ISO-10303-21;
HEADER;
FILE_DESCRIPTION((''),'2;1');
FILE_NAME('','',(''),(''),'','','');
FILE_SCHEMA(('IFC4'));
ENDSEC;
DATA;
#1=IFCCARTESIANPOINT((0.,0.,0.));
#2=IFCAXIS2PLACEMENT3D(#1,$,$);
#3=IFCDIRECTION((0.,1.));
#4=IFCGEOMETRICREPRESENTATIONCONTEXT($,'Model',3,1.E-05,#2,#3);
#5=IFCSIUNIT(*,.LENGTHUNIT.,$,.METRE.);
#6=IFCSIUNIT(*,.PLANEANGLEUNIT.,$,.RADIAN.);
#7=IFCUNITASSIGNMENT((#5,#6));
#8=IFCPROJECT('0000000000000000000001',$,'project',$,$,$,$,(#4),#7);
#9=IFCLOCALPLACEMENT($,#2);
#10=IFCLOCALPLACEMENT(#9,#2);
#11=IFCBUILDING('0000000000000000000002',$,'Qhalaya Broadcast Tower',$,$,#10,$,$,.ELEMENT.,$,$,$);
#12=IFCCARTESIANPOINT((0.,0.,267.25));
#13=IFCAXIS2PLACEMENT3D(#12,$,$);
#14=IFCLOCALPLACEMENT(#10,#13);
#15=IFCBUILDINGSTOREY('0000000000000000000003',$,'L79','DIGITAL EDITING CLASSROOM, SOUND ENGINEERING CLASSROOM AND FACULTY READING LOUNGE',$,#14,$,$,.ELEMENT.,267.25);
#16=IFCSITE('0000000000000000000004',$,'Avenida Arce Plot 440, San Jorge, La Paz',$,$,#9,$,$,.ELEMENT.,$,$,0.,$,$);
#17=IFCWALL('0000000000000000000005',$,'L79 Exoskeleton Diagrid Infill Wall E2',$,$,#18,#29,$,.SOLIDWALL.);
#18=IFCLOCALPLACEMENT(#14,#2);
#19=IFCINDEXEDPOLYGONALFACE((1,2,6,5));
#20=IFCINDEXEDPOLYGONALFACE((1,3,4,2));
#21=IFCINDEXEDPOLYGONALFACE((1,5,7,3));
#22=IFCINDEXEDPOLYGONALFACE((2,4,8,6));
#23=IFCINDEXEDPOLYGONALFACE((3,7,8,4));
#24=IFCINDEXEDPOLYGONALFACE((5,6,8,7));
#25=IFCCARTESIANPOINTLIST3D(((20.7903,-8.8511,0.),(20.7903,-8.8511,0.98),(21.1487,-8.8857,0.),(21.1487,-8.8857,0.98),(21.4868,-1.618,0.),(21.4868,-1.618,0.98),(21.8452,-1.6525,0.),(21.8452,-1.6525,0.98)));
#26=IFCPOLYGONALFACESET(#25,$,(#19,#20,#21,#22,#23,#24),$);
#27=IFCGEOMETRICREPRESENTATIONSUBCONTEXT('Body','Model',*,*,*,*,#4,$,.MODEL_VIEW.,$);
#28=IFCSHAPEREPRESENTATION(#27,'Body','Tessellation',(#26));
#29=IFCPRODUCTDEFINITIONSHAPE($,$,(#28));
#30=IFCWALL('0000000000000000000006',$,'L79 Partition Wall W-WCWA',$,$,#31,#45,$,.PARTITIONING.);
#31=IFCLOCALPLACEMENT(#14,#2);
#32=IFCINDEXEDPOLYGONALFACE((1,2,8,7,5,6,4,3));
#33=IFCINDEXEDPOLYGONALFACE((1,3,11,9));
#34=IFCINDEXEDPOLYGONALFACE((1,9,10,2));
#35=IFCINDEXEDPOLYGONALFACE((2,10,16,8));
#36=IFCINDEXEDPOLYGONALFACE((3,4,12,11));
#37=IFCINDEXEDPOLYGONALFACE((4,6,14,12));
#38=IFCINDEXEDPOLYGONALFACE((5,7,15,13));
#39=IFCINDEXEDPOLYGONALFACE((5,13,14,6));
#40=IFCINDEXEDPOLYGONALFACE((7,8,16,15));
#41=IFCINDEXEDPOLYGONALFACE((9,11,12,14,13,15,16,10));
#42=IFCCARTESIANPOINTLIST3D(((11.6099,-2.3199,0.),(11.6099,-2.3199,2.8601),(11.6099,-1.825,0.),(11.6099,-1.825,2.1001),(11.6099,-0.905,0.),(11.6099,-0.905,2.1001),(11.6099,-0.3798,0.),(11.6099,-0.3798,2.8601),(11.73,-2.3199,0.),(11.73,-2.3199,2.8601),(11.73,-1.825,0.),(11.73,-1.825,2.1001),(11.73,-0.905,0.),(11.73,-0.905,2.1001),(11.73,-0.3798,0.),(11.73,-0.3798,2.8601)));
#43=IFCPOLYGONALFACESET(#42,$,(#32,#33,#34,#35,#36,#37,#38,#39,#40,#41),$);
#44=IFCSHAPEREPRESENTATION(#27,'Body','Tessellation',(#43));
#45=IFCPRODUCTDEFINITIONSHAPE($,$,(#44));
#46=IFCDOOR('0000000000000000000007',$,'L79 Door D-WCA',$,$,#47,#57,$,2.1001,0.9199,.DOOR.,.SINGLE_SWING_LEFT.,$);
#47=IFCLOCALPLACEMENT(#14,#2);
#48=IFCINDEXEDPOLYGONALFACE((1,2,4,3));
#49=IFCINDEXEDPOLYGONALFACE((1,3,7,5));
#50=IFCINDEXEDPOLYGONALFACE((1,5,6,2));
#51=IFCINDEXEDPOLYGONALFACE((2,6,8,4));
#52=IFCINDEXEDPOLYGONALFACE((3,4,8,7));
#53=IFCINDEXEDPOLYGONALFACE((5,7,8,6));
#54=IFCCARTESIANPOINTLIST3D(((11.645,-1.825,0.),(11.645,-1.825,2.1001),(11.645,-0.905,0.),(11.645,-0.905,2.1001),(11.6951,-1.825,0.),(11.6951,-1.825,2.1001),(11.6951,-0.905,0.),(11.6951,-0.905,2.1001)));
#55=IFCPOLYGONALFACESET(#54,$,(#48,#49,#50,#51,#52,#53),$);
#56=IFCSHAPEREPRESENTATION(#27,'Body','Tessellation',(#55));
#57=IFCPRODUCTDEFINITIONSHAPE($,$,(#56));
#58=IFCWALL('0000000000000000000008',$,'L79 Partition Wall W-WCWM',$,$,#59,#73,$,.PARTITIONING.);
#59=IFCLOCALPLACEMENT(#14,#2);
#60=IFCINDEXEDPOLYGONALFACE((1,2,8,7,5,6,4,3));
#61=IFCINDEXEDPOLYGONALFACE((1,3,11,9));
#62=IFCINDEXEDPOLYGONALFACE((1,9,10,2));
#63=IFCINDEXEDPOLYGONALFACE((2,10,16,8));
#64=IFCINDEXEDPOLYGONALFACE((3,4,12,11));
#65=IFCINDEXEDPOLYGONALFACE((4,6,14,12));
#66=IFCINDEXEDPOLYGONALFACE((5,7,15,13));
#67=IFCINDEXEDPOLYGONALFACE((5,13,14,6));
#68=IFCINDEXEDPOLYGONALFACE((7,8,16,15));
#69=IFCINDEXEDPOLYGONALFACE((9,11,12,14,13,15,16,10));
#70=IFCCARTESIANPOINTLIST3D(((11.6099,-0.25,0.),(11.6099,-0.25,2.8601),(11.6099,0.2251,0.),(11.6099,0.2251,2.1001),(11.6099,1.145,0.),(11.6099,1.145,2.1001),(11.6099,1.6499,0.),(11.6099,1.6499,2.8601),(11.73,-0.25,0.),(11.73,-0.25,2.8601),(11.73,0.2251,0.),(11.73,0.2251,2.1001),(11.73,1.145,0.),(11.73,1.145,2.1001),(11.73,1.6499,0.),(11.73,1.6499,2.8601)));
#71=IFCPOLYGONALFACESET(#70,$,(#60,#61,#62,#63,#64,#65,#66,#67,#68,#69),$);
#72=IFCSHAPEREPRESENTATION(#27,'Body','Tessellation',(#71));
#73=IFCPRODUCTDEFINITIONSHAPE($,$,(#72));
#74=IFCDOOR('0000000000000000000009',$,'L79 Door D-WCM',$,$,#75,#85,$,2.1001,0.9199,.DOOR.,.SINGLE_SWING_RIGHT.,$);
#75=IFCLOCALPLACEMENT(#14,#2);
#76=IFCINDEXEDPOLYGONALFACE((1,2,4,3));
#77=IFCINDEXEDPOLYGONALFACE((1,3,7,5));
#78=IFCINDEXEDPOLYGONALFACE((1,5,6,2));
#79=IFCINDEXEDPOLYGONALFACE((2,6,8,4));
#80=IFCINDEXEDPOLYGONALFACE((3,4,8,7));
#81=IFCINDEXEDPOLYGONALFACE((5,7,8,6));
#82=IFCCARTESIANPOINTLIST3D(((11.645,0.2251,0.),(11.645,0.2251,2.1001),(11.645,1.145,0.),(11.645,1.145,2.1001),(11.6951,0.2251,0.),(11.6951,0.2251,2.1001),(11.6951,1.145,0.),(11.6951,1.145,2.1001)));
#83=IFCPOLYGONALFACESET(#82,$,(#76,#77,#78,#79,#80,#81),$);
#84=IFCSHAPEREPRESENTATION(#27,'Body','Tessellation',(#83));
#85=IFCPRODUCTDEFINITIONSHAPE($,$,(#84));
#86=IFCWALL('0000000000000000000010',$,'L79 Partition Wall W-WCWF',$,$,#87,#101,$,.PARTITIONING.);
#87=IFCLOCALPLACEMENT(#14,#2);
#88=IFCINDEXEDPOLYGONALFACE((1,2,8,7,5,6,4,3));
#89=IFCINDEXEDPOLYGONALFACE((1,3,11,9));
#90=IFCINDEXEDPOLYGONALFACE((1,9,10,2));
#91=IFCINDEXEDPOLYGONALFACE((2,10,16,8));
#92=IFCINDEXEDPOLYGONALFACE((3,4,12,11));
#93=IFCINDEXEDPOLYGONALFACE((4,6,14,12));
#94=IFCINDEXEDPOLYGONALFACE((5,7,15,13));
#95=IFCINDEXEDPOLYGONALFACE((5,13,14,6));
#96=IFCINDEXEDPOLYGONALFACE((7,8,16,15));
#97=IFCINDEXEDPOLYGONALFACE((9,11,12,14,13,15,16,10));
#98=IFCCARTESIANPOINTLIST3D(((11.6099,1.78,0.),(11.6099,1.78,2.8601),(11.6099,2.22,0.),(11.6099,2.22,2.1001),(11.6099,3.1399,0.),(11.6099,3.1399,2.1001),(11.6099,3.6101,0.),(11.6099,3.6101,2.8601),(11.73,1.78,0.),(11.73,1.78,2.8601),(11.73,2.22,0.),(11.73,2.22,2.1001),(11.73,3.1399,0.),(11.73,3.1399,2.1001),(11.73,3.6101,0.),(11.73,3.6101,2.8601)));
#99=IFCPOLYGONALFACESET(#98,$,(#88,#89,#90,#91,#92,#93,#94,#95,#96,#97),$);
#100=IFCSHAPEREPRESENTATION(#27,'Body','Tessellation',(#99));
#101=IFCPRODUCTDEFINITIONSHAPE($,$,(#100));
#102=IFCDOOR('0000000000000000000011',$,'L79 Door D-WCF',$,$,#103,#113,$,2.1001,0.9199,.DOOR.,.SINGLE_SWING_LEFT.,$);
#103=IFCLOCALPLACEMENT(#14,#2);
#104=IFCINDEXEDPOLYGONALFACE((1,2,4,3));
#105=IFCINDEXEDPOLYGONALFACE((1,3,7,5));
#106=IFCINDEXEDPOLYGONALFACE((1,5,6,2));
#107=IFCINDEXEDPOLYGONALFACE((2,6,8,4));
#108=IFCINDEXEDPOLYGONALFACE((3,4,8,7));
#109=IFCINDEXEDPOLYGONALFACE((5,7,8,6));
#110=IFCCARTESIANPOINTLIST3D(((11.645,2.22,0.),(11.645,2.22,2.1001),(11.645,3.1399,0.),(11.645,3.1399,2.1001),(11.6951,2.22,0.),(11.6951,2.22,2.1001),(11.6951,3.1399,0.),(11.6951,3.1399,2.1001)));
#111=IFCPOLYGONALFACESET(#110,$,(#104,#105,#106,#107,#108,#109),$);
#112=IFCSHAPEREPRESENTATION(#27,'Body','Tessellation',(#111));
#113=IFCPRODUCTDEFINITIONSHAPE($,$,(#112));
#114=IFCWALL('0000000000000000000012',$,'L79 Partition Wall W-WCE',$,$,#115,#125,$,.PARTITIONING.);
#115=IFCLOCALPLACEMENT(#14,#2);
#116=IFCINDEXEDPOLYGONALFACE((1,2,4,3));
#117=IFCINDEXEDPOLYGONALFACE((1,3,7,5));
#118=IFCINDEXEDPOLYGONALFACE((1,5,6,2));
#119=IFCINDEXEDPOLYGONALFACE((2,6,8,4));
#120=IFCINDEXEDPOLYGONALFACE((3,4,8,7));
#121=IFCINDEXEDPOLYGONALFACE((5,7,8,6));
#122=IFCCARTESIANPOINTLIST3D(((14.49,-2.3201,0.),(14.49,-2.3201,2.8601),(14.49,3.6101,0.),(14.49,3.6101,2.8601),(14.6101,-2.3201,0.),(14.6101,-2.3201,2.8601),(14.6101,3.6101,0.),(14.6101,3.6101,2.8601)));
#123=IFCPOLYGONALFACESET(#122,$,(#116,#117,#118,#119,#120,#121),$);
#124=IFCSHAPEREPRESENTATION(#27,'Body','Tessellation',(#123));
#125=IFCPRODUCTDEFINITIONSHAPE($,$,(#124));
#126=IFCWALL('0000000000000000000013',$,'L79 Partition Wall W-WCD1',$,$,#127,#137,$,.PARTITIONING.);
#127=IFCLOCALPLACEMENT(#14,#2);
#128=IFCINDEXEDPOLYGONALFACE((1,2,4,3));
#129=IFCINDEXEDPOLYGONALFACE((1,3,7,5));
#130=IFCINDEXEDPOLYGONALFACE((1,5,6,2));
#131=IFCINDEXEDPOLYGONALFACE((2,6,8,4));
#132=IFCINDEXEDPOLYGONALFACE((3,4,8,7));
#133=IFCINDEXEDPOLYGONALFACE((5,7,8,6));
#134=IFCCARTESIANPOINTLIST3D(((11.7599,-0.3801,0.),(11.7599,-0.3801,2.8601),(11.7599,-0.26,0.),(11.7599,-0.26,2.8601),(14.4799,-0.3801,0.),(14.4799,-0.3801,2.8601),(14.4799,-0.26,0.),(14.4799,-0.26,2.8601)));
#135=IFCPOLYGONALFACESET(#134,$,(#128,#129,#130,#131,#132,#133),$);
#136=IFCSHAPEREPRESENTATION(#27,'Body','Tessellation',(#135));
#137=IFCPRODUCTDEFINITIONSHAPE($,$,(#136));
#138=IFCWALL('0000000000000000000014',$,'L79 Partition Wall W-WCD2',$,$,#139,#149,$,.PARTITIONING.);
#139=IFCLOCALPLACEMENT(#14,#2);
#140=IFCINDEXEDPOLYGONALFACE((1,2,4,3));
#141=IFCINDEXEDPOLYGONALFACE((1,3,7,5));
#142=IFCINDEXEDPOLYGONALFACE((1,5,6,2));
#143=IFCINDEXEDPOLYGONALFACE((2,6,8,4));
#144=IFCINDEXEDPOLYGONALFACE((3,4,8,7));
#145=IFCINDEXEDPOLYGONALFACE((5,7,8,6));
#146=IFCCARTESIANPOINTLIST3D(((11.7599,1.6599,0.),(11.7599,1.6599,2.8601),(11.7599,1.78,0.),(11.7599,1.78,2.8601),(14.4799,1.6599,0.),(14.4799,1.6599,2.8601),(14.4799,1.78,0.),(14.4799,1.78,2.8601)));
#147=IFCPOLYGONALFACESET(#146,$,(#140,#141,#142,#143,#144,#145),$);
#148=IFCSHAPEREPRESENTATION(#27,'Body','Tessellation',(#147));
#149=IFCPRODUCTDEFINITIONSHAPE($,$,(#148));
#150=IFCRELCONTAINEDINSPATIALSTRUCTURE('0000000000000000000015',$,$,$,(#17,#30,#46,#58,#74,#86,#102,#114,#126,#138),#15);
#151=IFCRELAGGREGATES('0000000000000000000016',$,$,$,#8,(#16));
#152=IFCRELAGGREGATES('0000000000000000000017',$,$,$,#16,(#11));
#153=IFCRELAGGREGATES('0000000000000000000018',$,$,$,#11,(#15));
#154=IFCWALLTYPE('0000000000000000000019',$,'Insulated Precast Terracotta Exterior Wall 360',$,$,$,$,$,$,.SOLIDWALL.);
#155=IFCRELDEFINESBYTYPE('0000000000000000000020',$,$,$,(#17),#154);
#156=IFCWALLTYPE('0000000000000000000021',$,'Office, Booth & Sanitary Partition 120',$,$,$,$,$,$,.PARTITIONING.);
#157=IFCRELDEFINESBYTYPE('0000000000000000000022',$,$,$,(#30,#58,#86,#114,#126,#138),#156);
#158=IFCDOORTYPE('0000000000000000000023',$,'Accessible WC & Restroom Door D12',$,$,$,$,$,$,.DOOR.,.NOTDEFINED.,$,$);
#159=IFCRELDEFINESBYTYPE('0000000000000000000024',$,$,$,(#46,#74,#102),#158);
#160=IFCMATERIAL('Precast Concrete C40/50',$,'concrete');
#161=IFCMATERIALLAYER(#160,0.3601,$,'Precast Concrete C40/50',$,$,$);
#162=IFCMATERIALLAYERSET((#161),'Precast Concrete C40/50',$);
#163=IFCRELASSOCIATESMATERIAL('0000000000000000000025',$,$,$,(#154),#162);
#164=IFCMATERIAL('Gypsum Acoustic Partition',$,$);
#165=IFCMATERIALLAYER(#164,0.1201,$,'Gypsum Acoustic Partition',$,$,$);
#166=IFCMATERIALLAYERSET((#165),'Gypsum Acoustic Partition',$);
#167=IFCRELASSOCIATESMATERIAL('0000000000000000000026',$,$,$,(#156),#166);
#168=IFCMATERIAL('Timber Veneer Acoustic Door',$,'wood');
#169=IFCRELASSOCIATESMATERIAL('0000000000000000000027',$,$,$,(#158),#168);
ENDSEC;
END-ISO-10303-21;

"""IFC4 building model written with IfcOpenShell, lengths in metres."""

from ifc_helpers import new_model, si_unit, direction, frame, frame_2d, origin, place, context, subcontext, project, spatial, rectangle, extrude, material, layer, layer_set, type_object, element, fill, save


model = new_model("IFC4")

# Units and contexts
model_context = context("Model", 3, precision=1e-05, world=origin(), true_north=direction((0.0, 1.0)))
body_context = subcontext(model_context, "Body", "Model", "MODEL_VIEW")
ifc_project = project(units=[si_unit("LENGTHUNIT", "METRE"), si_unit("PLANEANGLEUNIT", "RADIAN")], contexts=[model_context])

# Site, building, storey
site_placement = place(None, origin())
site = spatial("IfcSite", under=ifc_project, at=site_placement, Name="Avenida Arce Plot 440, San Jorge, La Paz", CompositionType="ELEMENT", RefElevation=0.0)
building_placement = place(site_placement, origin())
building = spatial("IfcBuilding", under=site, at=building_placement, Name="Qhalaya Broadcast Tower", CompositionType="ELEMENT")
storey_placement = place(building_placement, frame((0.0, 0.0, 267.25)))
storey = spatial("IfcBuildingStorey", under=building, at=storey_placement, Name="L79", Description="DIGITAL EDITING CLASSROOM, SOUND ENGINEERING CLASSROOM AND FACULTY READING LOUNGE", CompositionType="ELEMENT", Elevation=267.25)

# Wall
ifc_material_1 = material(Name="Precast Concrete C40/50", Category="concrete")
ifc_layer_1 = layer(ifc_material_1, 0.3601, Name="Precast Concrete C40/50")
ifc_layer_set_1 = layer_set([ifc_layer_1], Name="Precast Concrete C40/50")
wall_type_1 = type_object("IfcWallType", Name="Insulated Precast Terracotta Exterior Wall 360", PredefinedType="SOLIDWALL", material=ifc_layer_set_1)
wall_1_placement = place(storey_placement, frame((21.666, -1.6353, 0.0), z_axis=(0.0, 0.0, 1.0), x_axis=(-0.095854, -0.995395, 0.0)))
element("IfcWall", 1, at=wall_1_placement, inside=storey, type_object=wall_type_1, Name="L79 Exoskeleton Diagrid Infill Wall E2", PredefinedType="SOLIDWALL", context=body_context, shape_type="SweptSolid", body=[
    extrude(rectangle(XDim=7.2666, YDim=0.3601, at=frame_2d((3.6333, 0.0))), origin(), (0.0, 0.0, 1.0), 0.98),
])

# Walls, openings, doors
ifc_material_2 = material(Name="Gypsum Acoustic Partition")
ifc_layer_2 = layer(ifc_material_2, 0.1201, Name="Gypsum Acoustic Partition")
ifc_layer_set_2 = layer_set([ifc_layer_2], Name="Gypsum Acoustic Partition")
wall_type_2 = type_object("IfcWallType", Name="Office, Booth & Sanitary Partition 120", PredefinedType="PARTITIONING", material=ifc_layer_set_2)
wall_2_placement = place(storey_placement, frame((11.6699, -2.3201, 0.0), z_axis=(0.0, 0.0, 1.0), x_axis=(0.0, 1.0, 0.0)))
wall_2 = element("IfcWall", 2, at=wall_2_placement, inside=storey, type_object=wall_type_2, Name="L79 Partition Wall W-WCWA", PredefinedType="PARTITIONING", context=body_context, shape_type="SweptSolid", body=[
    extrude(rectangle(XDim=1.9402, YDim=0.1201, at=frame_2d((0.9702, 0.0))), origin(), (0.0, 0.0, 1.0), 2.8601),
])
opening_1_placement = place(wall_2_placement, frame((0.4951, 0.0, 0.0)))
opening_1 = element("IfcOpeningElement", 3, at=opening_1_placement, cuts=wall_2, PredefinedType="OPENING", context=body_context, shape_type="SweptSolid", body=[
    extrude(rectangle(XDim=0.9199, YDim=2.1001, at=frame_2d((0.46, 1.05))), frame((0.0, 0.072, 0.0), z_axis=(0.0, -1.0, 0.0), x_axis=(1.0, 0.0, 0.0)), (0.0, 0.0, 1.0), 0.144),
])
ifc_material_3 = material(Name="Timber Veneer Acoustic Door", Category="wood")
door_type = type_object("IfcDoorType", Name="Accessible WC & Restroom Door D12", OperationType="NOTDEFINED", PredefinedType="DOOR", material=ifc_material_3)
door_1_placement = place(opening_1_placement, origin())
door_1 = element("IfcDoor", 4, at=door_1_placement, inside=storey, type_object=door_type, Name="L79 Door D-WCA", OperationType="SINGLE_SWING_LEFT", OverallHeight=2.1001, OverallWidth=0.9199, PredefinedType="DOOR", context=body_context, shape_type="SweptSolid", body=[
    extrude(rectangle(XDim=0.9199, YDim=2.1001, at=frame_2d((0.46, 1.05))), frame((0.0, 0.0249, 0.0), z_axis=(0.0, -1.0, 0.0), x_axis=(1.0, 0.0, 0.0)), (0.0, 0.0, 1.0), 0.05),
])
fill(opening_1, door_1)
wall_3_placement = place(storey_placement, frame((11.6699, -0.25, 0.0), z_axis=(0.0, 0.0, 1.0), x_axis=(0.0, 1.0, 0.0)))
wall_3 = element("IfcWall", 5, at=wall_3_placement, inside=storey, type_object=wall_type_2, Name="L79 Partition Wall W-WCWM", PredefinedType="PARTITIONING", context=body_context, shape_type="SweptSolid", body=[
    extrude(rectangle(XDim=1.8999, YDim=0.1201, at=frame_2d((0.95, 0.0))), origin(), (0.0, 0.0, 1.0), 2.8601),
])
opening_2_placement = place(wall_3_placement, frame((0.4751, 0.0, 0.0)))
opening_2 = element("IfcOpeningElement", 6, at=opening_2_placement, cuts=wall_3, PredefinedType="OPENING", context=body_context, shape_type="SweptSolid", body=[
    extrude(rectangle(XDim=0.9199, YDim=2.1001, at=frame_2d((0.46, 1.05))), frame((0.0, 0.072, 0.0), z_axis=(0.0, -1.0, 0.0), x_axis=(1.0, 0.0, 0.0)), (0.0, 0.0, 1.0), 0.144),
])
door_2_placement = place(opening_2_placement, origin())
door_2 = element("IfcDoor", 7, at=door_2_placement, inside=storey, type_object=door_type, Name="L79 Door D-WCM", OperationType="SINGLE_SWING_RIGHT", OverallHeight=2.1001, OverallWidth=0.9199, PredefinedType="DOOR", context=body_context, shape_type="SweptSolid", body=[
    extrude(rectangle(XDim=0.9199, YDim=2.1001, at=frame_2d((0.46, 1.05))), frame((0.0, 0.0249, 0.0), z_axis=(0.0, -1.0, 0.0), x_axis=(1.0, 0.0, 0.0)), (0.0, 0.0, 1.0), 0.05),
])
fill(opening_2, door_2)
wall_4_placement = place(storey_placement, frame((11.6699, 1.78, 0.0), z_axis=(0.0, 0.0, 1.0), x_axis=(0.0, 1.0, 0.0)))
wall_4 = element("IfcWall", 8, at=wall_4_placement, inside=storey, type_object=wall_type_2, Name="L79 Partition Wall W-WCWF", PredefinedType="PARTITIONING", context=body_context, shape_type="SweptSolid", body=[
    extrude(rectangle(XDim=1.8301, YDim=0.1201, at=frame_2d((0.915, 0.0))), origin(), (0.0, 0.0, 1.0), 2.8601),
])
opening_3_placement = place(wall_4_placement, frame((0.4399, 0.0, 0.0)))
opening_3 = element("IfcOpeningElement", 9, at=opening_3_placement, cuts=wall_4, PredefinedType="OPENING", context=body_context, shape_type="SweptSolid", body=[
    extrude(rectangle(XDim=0.9199, YDim=2.1001, at=frame_2d((0.46, 1.05))), frame((0.0, 0.072, 0.0), z_axis=(0.0, -1.0, 0.0), x_axis=(1.0, 0.0, 0.0)), (0.0, 0.0, 1.0), 0.144),
])
door_3_placement = place(opening_3_placement, origin())
door_3 = element("IfcDoor", 10, at=door_3_placement, inside=storey, type_object=door_type, Name="L79 Door D-WCF", OperationType="SINGLE_SWING_LEFT", OverallHeight=2.1001, OverallWidth=0.9199, PredefinedType="DOOR", context=body_context, shape_type="SweptSolid", body=[
    extrude(rectangle(XDim=0.9199, YDim=2.1001, at=frame_2d((0.46, 1.05))), frame((0.0, 0.0249, 0.0), z_axis=(0.0, -1.0, 0.0), x_axis=(1.0, 0.0, 0.0)), (0.0, 0.0, 1.0), 0.05),
])
fill(opening_3, door_3)

# Walls
wall_5_placement = place(storey_placement, frame((14.55, -2.3201, 0.0), z_axis=(0.0, 0.0, 1.0), x_axis=(0.0, 1.0, 0.0)))
element("IfcWall", 11, at=wall_5_placement, inside=storey, type_object=wall_type_2, Name="L79 Partition Wall W-WCE", PredefinedType="PARTITIONING", context=body_context, shape_type="SweptSolid", body=[
    extrude(rectangle(XDim=5.9302, YDim=0.1201, at=frame_2d((2.9651, 0.0))), origin(), (0.0, 0.0, 1.0), 2.8601),
])
for number, where, z_axis, x_axis, name in (
    (12, (11.76, -0.3201, 0.0), (0.0, 0.0, 1.0), (1.0, 0.0, 0.0), "L79 Partition Wall W-WCD1"),
    (13, (11.76, 1.72, 0.0), (0.0, 0.0, 1.0), (1.0, 0.0, 0.0), "L79 Partition Wall W-WCD2"),
):
    element("IfcWall", number, at=place(storey_placement, frame(where, z_axis=z_axis, x_axis=x_axis)), inside=storey, type_object=wall_type_2, Name=name, PredefinedType="PARTITIONING", context=body_context, shape_type="SweptSolid", body=[
        extrude(rectangle(XDim=2.72, YDim=0.1201, at=frame_2d((1.3599, 0.0))), origin(), (0.0, 0.0, 1.0), 2.8601),
    ])

save(model, "model.ifc")
